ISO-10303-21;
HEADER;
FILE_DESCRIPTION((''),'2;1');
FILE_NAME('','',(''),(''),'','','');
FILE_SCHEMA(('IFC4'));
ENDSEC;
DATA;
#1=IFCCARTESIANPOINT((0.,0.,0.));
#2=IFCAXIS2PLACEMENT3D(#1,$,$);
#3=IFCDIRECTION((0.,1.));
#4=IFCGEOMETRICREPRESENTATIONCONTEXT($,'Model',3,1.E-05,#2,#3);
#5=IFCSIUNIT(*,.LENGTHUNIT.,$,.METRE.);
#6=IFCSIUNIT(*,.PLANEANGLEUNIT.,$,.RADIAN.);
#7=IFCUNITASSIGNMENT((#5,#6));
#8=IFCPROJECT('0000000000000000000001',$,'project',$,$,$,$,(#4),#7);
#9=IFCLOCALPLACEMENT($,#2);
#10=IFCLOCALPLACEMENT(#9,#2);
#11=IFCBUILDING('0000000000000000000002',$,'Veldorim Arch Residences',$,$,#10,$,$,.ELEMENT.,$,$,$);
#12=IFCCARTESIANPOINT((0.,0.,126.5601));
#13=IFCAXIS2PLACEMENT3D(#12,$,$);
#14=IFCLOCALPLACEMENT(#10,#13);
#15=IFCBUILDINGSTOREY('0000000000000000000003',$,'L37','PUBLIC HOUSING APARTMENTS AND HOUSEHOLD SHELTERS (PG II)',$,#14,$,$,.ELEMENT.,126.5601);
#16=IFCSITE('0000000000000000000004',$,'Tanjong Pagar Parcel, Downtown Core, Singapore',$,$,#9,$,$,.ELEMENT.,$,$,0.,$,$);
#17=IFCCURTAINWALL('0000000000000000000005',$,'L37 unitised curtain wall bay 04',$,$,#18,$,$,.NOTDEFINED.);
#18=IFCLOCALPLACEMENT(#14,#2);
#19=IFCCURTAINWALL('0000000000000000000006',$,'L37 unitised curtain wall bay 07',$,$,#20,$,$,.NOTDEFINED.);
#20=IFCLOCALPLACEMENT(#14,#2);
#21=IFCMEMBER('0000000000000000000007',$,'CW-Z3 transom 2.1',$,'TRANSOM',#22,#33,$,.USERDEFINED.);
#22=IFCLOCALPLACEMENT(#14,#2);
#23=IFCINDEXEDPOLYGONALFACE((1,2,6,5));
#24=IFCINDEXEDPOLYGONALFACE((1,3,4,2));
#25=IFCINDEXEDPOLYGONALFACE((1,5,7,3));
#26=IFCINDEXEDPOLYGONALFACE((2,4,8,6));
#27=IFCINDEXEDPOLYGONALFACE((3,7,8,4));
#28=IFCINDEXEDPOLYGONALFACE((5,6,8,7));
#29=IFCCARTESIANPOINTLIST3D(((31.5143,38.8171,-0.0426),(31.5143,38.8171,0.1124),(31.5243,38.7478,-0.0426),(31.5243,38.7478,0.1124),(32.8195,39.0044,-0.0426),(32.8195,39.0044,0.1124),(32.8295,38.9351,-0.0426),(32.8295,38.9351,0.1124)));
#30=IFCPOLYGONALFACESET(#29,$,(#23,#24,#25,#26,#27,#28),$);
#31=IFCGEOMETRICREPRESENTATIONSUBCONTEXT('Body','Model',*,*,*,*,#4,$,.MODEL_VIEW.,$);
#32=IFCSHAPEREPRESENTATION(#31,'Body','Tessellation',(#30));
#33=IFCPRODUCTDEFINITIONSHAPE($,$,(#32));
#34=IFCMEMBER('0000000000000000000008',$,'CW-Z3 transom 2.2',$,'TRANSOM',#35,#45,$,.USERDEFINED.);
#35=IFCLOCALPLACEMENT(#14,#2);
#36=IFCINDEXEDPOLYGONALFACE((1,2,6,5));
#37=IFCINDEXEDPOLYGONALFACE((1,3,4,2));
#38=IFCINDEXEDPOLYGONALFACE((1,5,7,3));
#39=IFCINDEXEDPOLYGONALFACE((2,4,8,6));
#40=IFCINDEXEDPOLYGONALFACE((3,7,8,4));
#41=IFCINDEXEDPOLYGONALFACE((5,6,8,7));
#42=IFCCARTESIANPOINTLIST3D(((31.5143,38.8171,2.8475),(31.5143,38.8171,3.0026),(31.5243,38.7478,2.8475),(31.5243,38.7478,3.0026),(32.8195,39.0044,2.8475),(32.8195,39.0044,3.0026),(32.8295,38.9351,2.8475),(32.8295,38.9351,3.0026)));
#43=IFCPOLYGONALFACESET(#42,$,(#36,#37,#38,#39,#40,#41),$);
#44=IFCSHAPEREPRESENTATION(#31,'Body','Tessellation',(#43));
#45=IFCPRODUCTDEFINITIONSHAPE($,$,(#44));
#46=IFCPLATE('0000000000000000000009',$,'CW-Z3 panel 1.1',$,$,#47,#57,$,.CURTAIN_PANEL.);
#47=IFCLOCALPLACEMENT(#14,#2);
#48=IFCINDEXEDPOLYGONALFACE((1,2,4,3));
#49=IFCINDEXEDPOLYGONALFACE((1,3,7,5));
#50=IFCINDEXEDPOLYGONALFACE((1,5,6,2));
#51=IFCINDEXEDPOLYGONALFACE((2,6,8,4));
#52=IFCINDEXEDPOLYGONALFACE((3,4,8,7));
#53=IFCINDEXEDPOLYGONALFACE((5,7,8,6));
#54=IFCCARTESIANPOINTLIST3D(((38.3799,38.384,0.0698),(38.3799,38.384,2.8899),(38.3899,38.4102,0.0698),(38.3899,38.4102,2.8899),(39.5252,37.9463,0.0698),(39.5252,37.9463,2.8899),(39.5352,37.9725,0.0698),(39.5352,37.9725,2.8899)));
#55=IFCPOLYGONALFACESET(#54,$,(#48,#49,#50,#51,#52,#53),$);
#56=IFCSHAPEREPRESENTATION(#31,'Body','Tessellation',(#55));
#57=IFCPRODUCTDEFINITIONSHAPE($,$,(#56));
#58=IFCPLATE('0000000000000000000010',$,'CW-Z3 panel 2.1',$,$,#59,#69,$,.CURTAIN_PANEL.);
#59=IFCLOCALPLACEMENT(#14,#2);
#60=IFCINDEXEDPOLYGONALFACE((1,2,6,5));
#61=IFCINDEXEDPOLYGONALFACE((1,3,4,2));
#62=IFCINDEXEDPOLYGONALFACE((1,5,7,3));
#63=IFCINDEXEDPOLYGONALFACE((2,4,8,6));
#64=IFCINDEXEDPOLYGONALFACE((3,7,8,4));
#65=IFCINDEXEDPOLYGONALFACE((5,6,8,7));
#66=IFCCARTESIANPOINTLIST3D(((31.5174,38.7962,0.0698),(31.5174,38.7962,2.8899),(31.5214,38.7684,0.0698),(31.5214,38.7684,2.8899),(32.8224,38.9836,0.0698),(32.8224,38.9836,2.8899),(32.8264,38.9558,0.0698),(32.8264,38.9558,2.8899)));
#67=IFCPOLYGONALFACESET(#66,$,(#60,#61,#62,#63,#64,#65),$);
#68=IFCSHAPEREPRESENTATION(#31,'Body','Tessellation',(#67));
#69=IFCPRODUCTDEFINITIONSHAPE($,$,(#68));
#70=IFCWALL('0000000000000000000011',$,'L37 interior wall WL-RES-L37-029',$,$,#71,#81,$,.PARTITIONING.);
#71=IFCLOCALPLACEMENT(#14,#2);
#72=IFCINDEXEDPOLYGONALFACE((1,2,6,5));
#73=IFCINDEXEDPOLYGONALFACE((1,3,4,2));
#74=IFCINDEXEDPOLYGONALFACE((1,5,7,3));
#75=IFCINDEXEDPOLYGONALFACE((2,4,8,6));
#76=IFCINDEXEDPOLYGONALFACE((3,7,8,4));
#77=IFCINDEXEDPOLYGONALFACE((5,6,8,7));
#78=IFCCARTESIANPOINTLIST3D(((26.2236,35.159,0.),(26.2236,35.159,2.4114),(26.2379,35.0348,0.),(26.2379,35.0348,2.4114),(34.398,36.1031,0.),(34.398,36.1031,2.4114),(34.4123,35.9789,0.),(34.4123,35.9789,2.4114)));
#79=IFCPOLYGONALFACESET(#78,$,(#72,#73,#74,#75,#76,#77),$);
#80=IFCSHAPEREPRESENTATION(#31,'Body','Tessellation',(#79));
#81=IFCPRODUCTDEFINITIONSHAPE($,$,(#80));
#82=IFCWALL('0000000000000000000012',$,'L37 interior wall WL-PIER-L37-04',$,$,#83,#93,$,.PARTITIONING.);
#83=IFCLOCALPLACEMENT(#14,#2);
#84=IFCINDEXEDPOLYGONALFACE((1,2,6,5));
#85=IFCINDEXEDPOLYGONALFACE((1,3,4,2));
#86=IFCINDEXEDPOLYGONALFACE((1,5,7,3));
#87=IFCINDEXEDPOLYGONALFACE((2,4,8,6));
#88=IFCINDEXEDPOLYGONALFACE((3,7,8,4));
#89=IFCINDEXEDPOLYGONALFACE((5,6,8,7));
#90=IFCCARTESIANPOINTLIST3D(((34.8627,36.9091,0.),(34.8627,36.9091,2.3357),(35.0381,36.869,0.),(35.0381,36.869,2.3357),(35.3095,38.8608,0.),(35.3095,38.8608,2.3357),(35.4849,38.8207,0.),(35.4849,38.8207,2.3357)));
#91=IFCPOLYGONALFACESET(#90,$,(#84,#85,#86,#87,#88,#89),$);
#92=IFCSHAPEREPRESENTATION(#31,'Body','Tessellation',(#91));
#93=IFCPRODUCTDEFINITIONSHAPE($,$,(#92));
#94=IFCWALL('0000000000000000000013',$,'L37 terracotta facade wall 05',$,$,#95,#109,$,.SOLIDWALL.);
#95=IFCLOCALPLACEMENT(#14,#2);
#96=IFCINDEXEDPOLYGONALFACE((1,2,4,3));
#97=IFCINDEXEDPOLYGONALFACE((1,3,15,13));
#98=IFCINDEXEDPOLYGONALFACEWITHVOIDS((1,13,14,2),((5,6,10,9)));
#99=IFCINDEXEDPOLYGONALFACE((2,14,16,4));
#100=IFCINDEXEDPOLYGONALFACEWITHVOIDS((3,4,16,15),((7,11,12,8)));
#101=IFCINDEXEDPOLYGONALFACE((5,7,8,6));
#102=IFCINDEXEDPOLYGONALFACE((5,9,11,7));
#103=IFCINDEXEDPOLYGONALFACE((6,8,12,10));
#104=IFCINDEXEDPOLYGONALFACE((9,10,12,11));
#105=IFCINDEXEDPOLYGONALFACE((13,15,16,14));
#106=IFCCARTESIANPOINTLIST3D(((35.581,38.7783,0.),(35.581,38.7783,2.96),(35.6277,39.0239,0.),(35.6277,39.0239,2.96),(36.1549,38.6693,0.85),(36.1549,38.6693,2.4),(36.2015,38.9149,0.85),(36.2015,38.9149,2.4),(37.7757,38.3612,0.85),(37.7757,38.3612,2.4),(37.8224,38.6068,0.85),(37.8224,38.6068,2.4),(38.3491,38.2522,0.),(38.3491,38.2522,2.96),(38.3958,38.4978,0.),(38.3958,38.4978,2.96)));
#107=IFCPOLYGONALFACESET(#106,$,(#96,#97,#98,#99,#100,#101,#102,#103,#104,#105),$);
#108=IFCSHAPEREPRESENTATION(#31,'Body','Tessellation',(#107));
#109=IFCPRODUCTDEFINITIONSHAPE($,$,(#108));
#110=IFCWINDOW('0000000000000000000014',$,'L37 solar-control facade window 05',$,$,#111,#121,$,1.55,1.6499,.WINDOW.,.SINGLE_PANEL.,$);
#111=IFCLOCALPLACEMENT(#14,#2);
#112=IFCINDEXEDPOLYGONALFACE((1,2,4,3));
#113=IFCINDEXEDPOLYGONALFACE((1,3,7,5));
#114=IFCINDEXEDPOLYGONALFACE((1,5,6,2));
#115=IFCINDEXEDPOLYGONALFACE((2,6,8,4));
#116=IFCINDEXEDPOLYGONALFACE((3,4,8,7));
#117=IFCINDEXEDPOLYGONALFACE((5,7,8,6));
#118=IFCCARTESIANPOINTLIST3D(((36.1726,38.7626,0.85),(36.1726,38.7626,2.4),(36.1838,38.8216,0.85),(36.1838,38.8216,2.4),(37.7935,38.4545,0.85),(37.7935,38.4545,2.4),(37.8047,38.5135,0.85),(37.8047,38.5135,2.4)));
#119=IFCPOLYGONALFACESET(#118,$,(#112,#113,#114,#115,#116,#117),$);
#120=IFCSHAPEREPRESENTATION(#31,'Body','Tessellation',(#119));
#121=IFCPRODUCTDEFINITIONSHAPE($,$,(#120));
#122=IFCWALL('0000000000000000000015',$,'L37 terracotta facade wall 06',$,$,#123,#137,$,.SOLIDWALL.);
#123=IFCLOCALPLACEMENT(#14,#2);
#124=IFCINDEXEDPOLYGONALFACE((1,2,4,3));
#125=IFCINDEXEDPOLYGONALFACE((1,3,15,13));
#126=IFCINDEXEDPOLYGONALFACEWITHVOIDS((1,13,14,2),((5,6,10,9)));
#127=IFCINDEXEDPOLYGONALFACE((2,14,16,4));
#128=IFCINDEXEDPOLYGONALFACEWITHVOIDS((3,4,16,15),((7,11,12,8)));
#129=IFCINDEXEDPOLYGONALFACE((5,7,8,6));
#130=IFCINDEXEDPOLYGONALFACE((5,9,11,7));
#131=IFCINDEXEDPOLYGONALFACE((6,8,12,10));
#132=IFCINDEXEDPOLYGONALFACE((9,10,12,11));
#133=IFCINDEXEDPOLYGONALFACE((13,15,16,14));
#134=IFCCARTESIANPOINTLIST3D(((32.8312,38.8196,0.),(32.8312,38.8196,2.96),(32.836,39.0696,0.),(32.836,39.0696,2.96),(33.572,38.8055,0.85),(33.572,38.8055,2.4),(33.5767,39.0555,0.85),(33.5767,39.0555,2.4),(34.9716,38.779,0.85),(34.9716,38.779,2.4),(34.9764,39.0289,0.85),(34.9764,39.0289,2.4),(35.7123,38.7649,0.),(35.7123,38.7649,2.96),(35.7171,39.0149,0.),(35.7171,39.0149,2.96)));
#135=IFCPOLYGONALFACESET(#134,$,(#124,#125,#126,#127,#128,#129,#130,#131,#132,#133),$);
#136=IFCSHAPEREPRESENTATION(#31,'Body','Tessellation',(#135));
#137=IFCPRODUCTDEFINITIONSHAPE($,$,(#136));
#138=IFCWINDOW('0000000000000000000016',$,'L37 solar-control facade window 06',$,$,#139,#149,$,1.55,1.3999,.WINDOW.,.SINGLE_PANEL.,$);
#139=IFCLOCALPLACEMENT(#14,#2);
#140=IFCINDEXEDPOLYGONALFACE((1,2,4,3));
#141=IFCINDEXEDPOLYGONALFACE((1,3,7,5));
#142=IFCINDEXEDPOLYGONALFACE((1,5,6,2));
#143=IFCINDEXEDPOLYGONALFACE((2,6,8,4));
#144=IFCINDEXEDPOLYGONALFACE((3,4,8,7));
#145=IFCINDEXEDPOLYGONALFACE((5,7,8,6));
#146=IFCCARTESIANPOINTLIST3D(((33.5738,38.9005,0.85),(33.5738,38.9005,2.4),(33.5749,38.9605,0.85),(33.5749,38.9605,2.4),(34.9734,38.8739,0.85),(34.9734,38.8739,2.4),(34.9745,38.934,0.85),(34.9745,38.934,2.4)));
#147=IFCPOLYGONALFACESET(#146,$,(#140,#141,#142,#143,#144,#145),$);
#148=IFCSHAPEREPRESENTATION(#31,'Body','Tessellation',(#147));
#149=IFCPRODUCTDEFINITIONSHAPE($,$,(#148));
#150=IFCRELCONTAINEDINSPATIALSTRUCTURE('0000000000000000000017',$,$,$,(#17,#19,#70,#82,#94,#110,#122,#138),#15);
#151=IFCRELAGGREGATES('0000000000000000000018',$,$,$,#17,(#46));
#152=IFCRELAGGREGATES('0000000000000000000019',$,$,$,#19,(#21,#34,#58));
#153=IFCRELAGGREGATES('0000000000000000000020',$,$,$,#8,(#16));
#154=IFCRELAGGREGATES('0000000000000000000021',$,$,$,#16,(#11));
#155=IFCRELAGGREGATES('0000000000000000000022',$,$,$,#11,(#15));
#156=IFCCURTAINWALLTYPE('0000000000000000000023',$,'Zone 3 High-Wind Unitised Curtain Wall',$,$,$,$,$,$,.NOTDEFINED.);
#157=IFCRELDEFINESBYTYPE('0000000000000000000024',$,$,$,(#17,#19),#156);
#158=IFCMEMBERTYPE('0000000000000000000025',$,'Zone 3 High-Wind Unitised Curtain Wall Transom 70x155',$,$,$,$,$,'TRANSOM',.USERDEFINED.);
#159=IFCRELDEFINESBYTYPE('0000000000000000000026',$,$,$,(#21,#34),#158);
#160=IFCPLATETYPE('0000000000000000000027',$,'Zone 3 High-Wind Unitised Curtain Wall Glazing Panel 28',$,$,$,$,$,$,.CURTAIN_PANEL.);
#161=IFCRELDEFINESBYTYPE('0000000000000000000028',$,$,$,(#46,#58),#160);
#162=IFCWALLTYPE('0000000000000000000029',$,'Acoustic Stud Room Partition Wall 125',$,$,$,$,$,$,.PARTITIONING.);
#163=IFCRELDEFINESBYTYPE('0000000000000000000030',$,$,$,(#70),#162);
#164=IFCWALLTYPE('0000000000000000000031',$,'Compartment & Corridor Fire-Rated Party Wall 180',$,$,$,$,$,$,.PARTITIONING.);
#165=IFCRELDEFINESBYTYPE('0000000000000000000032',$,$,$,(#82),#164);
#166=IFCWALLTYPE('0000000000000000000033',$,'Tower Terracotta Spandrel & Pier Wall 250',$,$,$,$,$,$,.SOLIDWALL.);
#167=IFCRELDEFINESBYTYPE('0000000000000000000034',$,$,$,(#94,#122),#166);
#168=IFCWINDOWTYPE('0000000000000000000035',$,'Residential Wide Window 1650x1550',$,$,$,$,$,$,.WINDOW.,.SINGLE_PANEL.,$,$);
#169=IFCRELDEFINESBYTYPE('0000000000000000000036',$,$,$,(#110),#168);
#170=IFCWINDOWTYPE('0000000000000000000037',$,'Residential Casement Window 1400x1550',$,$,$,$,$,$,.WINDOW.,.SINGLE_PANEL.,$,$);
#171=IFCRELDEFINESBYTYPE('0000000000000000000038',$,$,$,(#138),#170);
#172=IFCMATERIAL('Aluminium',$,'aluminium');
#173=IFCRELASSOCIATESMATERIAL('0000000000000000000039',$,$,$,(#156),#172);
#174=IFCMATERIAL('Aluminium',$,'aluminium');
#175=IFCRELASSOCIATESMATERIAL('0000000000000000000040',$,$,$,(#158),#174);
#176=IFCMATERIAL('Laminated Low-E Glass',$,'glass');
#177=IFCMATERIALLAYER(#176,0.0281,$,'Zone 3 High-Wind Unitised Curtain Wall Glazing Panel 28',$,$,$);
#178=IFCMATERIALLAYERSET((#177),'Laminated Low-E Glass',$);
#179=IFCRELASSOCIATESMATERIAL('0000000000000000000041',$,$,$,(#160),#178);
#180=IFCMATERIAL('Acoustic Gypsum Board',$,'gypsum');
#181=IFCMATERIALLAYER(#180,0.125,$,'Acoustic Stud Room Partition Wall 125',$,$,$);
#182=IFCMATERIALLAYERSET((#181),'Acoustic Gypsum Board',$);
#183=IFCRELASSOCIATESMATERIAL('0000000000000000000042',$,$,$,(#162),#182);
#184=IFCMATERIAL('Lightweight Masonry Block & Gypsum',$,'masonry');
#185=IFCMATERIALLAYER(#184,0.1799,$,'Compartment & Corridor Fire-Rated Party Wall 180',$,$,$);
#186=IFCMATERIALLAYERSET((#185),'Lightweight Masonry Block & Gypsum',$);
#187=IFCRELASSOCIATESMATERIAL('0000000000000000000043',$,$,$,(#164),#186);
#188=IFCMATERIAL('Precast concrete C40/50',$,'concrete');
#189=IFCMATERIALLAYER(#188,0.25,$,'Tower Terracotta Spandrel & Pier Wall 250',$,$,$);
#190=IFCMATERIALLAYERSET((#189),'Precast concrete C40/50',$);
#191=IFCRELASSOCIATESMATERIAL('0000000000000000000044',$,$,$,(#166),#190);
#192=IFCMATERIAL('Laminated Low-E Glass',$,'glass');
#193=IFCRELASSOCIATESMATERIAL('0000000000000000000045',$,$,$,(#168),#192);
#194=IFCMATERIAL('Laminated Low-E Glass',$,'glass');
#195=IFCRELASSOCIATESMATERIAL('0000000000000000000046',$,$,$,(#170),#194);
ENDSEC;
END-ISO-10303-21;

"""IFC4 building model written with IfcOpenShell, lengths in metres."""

from ifc_helpers import new_model, si_unit, direction, frame, frame_2d, origin, origin_2d, place, context, subcontext, project, spatial, rectangle, extrude, material, layer, layer_set, material_profile, profile_set, type_object, element, fill, aggregate, save


model = new_model("IFC4")

# Units and contexts
model_context = context("Model", 3, precision=1e-05, world=origin(), true_north=direction((0.0, 1.0)))
body_context = subcontext(model_context, "Body", "Model", "MODEL_VIEW")
ifc_project = project(units=[si_unit("LENGTHUNIT", "METRE"), si_unit("PLANEANGLEUNIT", "RADIAN")], contexts=[model_context])

# Site, building, storey
site_placement = place(None, origin())
site = spatial("IfcSite", under=ifc_project, at=site_placement, Name="Tanjong Pagar Parcel, Downtown Core, Singapore", CompositionType="ELEMENT", RefElevation=0.0)
building_placement = place(site_placement, origin())
building = spatial("IfcBuilding", under=site, at=building_placement, Name="Veldorim Arch Residences", CompositionType="ELEMENT")
storey_placement = place(building_placement, frame((0.0, 0.0, 126.5601)))
storey = spatial("IfcBuildingStorey", under=building, at=storey_placement, Name="L37", Description="PUBLIC HOUSING APARTMENTS AND HOUSEHOLD SHELTERS (PG II)", CompositionType="ELEMENT", Elevation=126.5601)

# Curtain wall
ifc_material_1 = material(Name="Aluminium", Category="aluminium")
curtain_wall_type = type_object("IfcCurtainWallType", Name="Zone 3 High-Wind Unitised Curtain Wall", PredefinedType="NOTDEFINED", material=ifc_material_1)
curtain_wall_1_placement = place(storey_placement, origin())
curtain_wall_1 = element("IfcCurtainWall", 1, at=curtain_wall_1_placement, inside=storey, type_object=curtain_wall_type, Name="L37 unitised curtain wall bay 04", PredefinedType="NOTDEFINED")

# Curtain wall
curtain_wall_2_placement = place(storey_placement, origin())
curtain_wall_2 = element("IfcCurtainWall", 2, at=curtain_wall_2_placement, inside=storey, type_object=curtain_wall_type, Name="L37 unitised curtain wall bay 07", PredefinedType="NOTDEFINED")

# Members
ifc_material_2 = material(Name="Aluminium", Category="aluminium")
ifc_material_profile_1 = material_profile(ifc_material_2, rectangle(XDim=0.0701, YDim=0.155, at=origin_2d()), Name="ALU_TRN_70x155")
ifc_profile_set_1 = profile_set([ifc_material_profile_1], Name="Aluminium")
member_type_1 = type_object("IfcMemberType", Name="Zone 3 High-Wind Unitised Curtain Wall Transom 70x155", ElementType="TRANSOM", PredefinedType="USERDEFINED", material=ifc_profile_set_1)
member_1_placement = place(storey_placement, frame((31.5193, 38.7825, 0.0349), z_axis=(0.989864, 0.142018, 0.0), x_axis=(-0.142018, 0.989864, 0.0)))
member_1 = element("IfcMember", 3, at=member_1_placement, type_object=member_type_1, Name="CW-Z3 transom 2.1", ObjectType="TRANSOM", PredefinedType="USERDEFINED", context=body_context, shape_type="SweptSolid", body=[
    extrude(rectangle(XDim=0.0701, YDim=0.155, at=origin_2d()), origin(), (0.0, 0.0, 1.0), 1.3186),
])
member_2_placement = place(storey_placement, frame((31.5193, 38.7825, 2.925), z_axis=(0.989864, 0.142018, 0.0), x_axis=(-0.142018, 0.989864, 0.0)))
member_2 = element("IfcMember", 4, at=member_2_placement, type_object=member_type_1, Name="CW-Z3 transom 2.2", ObjectType="TRANSOM", PredefinedType="USERDEFINED", context=body_context, shape_type="SweptSolid", body=[
    extrude(rectangle(XDim=0.0701, YDim=0.155, at=origin_2d()), origin(), (0.0, 0.0, 1.0), 1.3186),
])

# Plates
ifc_material_3 = material(Name="Laminated Low-E Glass", Category="glass")
ifc_layer_1 = layer(ifc_material_3, 0.0281, Name="Zone 3 High-Wind Unitised Curtain Wall Glazing Panel 28")
ifc_layer_set_1 = layer_set([ifc_layer_1], Name="Laminated Low-E Glass")
plate_type = type_object("IfcPlateType", Name="Zone 3 High-Wind Unitised Curtain Wall Glazing Panel 28", PredefinedType="CURTAIN_PANEL", material=ifc_layer_set_1)
plate_1_placement = place(storey_placement, frame((38.9575, 38.1782, 0.0698), z_axis=(0.0, 0.0, 1.0), x_axis=(0.934109, -0.356987, 0.0)))
plate_1 = element("IfcPlate", 5, at=plate_1_placement, type_object=plate_type, Name="CW-Z3 panel 1.1", PredefinedType="CURTAIN_PANEL", context=body_context, shape_type="SweptSolid", body=[
    extrude(rectangle(XDim=1.2261, YDim=0.0281, at=origin_2d()), origin(), (0.0, 0.0, 1.0), 2.8201),
])
aggregate(curtain_wall_1, [plate_1])
plate_2_placement = place(storey_placement, frame((32.1719, 38.876, 0.0698), z_axis=(0.0, 0.0, 1.0), x_axis=(0.989849, 0.14212, 0.0)))
plate_2 = element("IfcPlate", 6, at=plate_2_placement, type_object=plate_type, Name="CW-Z3 panel 2.1", PredefinedType="CURTAIN_PANEL", context=body_context, shape_type="SweptSolid", body=[
    extrude(rectangle(XDim=1.3184, YDim=0.0281, at=origin_2d()), origin(), (0.0, 0.0, 1.0), 2.8201),
])
aggregate(curtain_wall_2, [member_1, member_2, plate_2])

# Walls
ifc_material_4 = material(Name="Acoustic Gypsum Board", Category="gypsum")
ifc_layer_2 = layer(ifc_material_4, 0.125, Name="Acoustic Stud Room Partition Wall 125")
ifc_layer_set_2 = layer_set([ifc_layer_2], Name="Acoustic Gypsum Board")
wall_type_1 = type_object("IfcWallType", Name="Acoustic Stud Room Partition Wall 125", PredefinedType="PARTITIONING", material=ifc_layer_set_2)
wall_1_placement = place(storey_placement, frame((34.405, 36.041, 0.0), z_axis=(0.0, 0.0, 1.0), x_axis=(-0.993396, -0.114732, 0.0)))
element("IfcWall", 7, at=wall_1_placement, inside=storey, type_object=wall_type_1, Name="L37 interior wall WL-RES-L37-029", PredefinedType="PARTITIONING", context=body_context, shape_type="SweptSolid", body=[
    extrude(rectangle(XDim=8.2288, YDim=0.125, at=frame_2d((4.1143, 0.0))), origin(), (0.0, 0.0, 1.0), 2.4114),
])
ifc_material_5 = material(Name="Lightweight Masonry Block & Gypsum", Category="masonry")
ifc_layer_3 = layer(ifc_material_5, 0.1799, Name="Compartment & Corridor Fire-Rated Party Wall 180")
ifc_layer_set_3 = layer_set([ifc_layer_3], Name="Lightweight Masonry Block & Gypsum")
wall_type_2 = type_object("IfcWallType", Name="Compartment & Corridor Fire-Rated Party Wall 180", PredefinedType="PARTITIONING", material=ifc_layer_set_3)
wall_2_placement = place(storey_placement, frame((34.9504, 36.8892, 0.0), z_axis=(0.0, 0.0, 1.0), x_axis=(0.223149, 0.974784, 0.0)))
element("IfcWall", 8, at=wall_2_placement, inside=storey, type_object=wall_type_2, Name="L37 interior wall WL-PIER-L37-04", PredefinedType="PARTITIONING", context=body_context, shape_type="SweptSolid", body=[
    extrude(rectangle(XDim=2.0022, YDim=0.1799, at=frame_2d((1.001, 0.0))), origin(), (0.0, 0.0, 1.0), 2.3357),
])

# Walls, openings, windows
ifc_material_6 = material(Name="Precast concrete C40/50", Category="concrete")
ifc_layer_4 = layer(ifc_material_6, 0.25, Name="Tower Terracotta Spandrel & Pier Wall 250")
ifc_layer_set_4 = layer_set([ifc_layer_4], Name="Precast concrete C40/50")
wall_type_3 = type_object("IfcWallType", Name="Tower Terracotta Spandrel & Pier Wall 250", PredefinedType="SOLIDWALL", material=ifc_layer_set_4)
wall_3_placement = place(storey_placement, frame((35.6045, 38.9011, 0.0), z_axis=(0.0, 0.0, 1.0), x_axis=(0.982412, -0.186726, 0.0)))
wall_3 = element("IfcWall", 9, at=wall_3_placement, inside=storey, type_object=wall_type_3, Name="L37 terracotta facade wall 05", PredefinedType="SOLIDWALL", context=body_context, shape_type="SweptSolid", body=[
    extrude(rectangle(XDim=2.8176, YDim=0.25, at=frame_2d((1.4087, 0.0))), origin(), (0.0, 0.0, 1.0), 2.96),
])
opening_1_placement = place(wall_3_placement, frame((0.584, 0.0, 0.8501)))
opening_1 = element("IfcOpeningElement", 10, at=opening_1_placement, cuts=wall_3, PredefinedType="OPENING", context=body_context, shape_type="SweptSolid", body=[
    extrude(rectangle(XDim=1.6499, YDim=1.55, at=frame_2d((0.825, 0.7749))), frame((0.0, 0.135, 0.0), z_axis=(0.0, -1.0, 0.0), x_axis=(1.0, 0.0, 0.0)), (0.0, 0.0, 1.0), 0.27),
])
ifc_material_7 = material(Name="Laminated Low-E Glass", Category="glass")
window_type_1 = type_object("IfcWindowType", Name="Residential Wide Window 1650x1550", PartitioningType="SINGLE_PANEL", PredefinedType="WINDOW", material=ifc_material_7)
window_1_placement = place(opening_1_placement, origin())
window_1 = element("IfcWindow", 11, at=window_1_placement, inside=storey, type_object=window_type_1, Name="L37 solar-control facade window 05", OverallHeight=1.55, OverallWidth=1.6499, PartitioningType="SINGLE_PANEL", PredefinedType="WINDOW", context=body_context, shape_type="SweptSolid", body=[
    extrude(rectangle(XDim=1.6499, YDim=1.55, at=frame_2d((0.825, 0.7749))), frame((0.0, 0.03, 0.0), z_axis=(0.0, -1.0, 0.0), x_axis=(1.0, 0.0, 0.0)), (0.0, 0.0, 1.0), 0.0601),
])
fill(opening_1, window_1)
wall_4_placement = place(storey_placement, frame((32.8335, 38.9446, 0.0), z_axis=(0.0, 0.0, 1.0), x_axis=(0.99982, -0.018978, 0.0)))
wall_4 = element("IfcWall", 12, at=wall_4_placement, inside=storey, type_object=wall_type_3, Name="L37 terracotta facade wall 06", PredefinedType="SOLIDWALL", context=body_context, shape_type="SweptSolid", body=[
    extrude(rectangle(XDim=2.8816, YDim=0.25, at=frame_2d((1.4409, 0.0))), origin(), (0.0, 0.0, 1.0), 2.96),
])
opening_2_placement = place(wall_4_placement, frame((0.741, 0.0, 0.8501)))
opening_2 = element("IfcOpeningElement", 13, at=opening_2_placement, cuts=wall_4, PredefinedType="OPENING", context=body_context, shape_type="SweptSolid", body=[
    extrude(rectangle(XDim=1.3999, YDim=1.55, at=frame_2d((0.7, 0.7749))), frame((0.0, 0.135, 0.0), z_axis=(0.0, -1.0, 0.0), x_axis=(1.0, 0.0, 0.0)), (0.0, 0.0, 1.0), 0.27),
])
ifc_material_8 = material(Name="Laminated Low-E Glass", Category="glass")
window_type_2 = type_object("IfcWindowType", Name="Residential Casement Window 1400x1550", PartitioningType="SINGLE_PANEL", PredefinedType="WINDOW", material=ifc_material_8)
window_2_placement = place(opening_2_placement, origin())
window_2 = element("IfcWindow", 14, at=window_2_placement, inside=storey, type_object=window_type_2, Name="L37 solar-control facade window 06", OverallHeight=1.55, OverallWidth=1.3999, PartitioningType="SINGLE_PANEL", PredefinedType="WINDOW", context=body_context, shape_type="SweptSolid", body=[
    extrude(rectangle(XDim=1.3999, YDim=1.55, at=frame_2d((0.7, 0.7749))), frame((0.0, 0.03, 0.0), z_axis=(0.0, -1.0, 0.0), x_axis=(1.0, 0.0, 0.0)), (0.0, 0.0, 1.0), 0.0601),
])
fill(opening_2, window_2)

save(model, "model.ifc")
